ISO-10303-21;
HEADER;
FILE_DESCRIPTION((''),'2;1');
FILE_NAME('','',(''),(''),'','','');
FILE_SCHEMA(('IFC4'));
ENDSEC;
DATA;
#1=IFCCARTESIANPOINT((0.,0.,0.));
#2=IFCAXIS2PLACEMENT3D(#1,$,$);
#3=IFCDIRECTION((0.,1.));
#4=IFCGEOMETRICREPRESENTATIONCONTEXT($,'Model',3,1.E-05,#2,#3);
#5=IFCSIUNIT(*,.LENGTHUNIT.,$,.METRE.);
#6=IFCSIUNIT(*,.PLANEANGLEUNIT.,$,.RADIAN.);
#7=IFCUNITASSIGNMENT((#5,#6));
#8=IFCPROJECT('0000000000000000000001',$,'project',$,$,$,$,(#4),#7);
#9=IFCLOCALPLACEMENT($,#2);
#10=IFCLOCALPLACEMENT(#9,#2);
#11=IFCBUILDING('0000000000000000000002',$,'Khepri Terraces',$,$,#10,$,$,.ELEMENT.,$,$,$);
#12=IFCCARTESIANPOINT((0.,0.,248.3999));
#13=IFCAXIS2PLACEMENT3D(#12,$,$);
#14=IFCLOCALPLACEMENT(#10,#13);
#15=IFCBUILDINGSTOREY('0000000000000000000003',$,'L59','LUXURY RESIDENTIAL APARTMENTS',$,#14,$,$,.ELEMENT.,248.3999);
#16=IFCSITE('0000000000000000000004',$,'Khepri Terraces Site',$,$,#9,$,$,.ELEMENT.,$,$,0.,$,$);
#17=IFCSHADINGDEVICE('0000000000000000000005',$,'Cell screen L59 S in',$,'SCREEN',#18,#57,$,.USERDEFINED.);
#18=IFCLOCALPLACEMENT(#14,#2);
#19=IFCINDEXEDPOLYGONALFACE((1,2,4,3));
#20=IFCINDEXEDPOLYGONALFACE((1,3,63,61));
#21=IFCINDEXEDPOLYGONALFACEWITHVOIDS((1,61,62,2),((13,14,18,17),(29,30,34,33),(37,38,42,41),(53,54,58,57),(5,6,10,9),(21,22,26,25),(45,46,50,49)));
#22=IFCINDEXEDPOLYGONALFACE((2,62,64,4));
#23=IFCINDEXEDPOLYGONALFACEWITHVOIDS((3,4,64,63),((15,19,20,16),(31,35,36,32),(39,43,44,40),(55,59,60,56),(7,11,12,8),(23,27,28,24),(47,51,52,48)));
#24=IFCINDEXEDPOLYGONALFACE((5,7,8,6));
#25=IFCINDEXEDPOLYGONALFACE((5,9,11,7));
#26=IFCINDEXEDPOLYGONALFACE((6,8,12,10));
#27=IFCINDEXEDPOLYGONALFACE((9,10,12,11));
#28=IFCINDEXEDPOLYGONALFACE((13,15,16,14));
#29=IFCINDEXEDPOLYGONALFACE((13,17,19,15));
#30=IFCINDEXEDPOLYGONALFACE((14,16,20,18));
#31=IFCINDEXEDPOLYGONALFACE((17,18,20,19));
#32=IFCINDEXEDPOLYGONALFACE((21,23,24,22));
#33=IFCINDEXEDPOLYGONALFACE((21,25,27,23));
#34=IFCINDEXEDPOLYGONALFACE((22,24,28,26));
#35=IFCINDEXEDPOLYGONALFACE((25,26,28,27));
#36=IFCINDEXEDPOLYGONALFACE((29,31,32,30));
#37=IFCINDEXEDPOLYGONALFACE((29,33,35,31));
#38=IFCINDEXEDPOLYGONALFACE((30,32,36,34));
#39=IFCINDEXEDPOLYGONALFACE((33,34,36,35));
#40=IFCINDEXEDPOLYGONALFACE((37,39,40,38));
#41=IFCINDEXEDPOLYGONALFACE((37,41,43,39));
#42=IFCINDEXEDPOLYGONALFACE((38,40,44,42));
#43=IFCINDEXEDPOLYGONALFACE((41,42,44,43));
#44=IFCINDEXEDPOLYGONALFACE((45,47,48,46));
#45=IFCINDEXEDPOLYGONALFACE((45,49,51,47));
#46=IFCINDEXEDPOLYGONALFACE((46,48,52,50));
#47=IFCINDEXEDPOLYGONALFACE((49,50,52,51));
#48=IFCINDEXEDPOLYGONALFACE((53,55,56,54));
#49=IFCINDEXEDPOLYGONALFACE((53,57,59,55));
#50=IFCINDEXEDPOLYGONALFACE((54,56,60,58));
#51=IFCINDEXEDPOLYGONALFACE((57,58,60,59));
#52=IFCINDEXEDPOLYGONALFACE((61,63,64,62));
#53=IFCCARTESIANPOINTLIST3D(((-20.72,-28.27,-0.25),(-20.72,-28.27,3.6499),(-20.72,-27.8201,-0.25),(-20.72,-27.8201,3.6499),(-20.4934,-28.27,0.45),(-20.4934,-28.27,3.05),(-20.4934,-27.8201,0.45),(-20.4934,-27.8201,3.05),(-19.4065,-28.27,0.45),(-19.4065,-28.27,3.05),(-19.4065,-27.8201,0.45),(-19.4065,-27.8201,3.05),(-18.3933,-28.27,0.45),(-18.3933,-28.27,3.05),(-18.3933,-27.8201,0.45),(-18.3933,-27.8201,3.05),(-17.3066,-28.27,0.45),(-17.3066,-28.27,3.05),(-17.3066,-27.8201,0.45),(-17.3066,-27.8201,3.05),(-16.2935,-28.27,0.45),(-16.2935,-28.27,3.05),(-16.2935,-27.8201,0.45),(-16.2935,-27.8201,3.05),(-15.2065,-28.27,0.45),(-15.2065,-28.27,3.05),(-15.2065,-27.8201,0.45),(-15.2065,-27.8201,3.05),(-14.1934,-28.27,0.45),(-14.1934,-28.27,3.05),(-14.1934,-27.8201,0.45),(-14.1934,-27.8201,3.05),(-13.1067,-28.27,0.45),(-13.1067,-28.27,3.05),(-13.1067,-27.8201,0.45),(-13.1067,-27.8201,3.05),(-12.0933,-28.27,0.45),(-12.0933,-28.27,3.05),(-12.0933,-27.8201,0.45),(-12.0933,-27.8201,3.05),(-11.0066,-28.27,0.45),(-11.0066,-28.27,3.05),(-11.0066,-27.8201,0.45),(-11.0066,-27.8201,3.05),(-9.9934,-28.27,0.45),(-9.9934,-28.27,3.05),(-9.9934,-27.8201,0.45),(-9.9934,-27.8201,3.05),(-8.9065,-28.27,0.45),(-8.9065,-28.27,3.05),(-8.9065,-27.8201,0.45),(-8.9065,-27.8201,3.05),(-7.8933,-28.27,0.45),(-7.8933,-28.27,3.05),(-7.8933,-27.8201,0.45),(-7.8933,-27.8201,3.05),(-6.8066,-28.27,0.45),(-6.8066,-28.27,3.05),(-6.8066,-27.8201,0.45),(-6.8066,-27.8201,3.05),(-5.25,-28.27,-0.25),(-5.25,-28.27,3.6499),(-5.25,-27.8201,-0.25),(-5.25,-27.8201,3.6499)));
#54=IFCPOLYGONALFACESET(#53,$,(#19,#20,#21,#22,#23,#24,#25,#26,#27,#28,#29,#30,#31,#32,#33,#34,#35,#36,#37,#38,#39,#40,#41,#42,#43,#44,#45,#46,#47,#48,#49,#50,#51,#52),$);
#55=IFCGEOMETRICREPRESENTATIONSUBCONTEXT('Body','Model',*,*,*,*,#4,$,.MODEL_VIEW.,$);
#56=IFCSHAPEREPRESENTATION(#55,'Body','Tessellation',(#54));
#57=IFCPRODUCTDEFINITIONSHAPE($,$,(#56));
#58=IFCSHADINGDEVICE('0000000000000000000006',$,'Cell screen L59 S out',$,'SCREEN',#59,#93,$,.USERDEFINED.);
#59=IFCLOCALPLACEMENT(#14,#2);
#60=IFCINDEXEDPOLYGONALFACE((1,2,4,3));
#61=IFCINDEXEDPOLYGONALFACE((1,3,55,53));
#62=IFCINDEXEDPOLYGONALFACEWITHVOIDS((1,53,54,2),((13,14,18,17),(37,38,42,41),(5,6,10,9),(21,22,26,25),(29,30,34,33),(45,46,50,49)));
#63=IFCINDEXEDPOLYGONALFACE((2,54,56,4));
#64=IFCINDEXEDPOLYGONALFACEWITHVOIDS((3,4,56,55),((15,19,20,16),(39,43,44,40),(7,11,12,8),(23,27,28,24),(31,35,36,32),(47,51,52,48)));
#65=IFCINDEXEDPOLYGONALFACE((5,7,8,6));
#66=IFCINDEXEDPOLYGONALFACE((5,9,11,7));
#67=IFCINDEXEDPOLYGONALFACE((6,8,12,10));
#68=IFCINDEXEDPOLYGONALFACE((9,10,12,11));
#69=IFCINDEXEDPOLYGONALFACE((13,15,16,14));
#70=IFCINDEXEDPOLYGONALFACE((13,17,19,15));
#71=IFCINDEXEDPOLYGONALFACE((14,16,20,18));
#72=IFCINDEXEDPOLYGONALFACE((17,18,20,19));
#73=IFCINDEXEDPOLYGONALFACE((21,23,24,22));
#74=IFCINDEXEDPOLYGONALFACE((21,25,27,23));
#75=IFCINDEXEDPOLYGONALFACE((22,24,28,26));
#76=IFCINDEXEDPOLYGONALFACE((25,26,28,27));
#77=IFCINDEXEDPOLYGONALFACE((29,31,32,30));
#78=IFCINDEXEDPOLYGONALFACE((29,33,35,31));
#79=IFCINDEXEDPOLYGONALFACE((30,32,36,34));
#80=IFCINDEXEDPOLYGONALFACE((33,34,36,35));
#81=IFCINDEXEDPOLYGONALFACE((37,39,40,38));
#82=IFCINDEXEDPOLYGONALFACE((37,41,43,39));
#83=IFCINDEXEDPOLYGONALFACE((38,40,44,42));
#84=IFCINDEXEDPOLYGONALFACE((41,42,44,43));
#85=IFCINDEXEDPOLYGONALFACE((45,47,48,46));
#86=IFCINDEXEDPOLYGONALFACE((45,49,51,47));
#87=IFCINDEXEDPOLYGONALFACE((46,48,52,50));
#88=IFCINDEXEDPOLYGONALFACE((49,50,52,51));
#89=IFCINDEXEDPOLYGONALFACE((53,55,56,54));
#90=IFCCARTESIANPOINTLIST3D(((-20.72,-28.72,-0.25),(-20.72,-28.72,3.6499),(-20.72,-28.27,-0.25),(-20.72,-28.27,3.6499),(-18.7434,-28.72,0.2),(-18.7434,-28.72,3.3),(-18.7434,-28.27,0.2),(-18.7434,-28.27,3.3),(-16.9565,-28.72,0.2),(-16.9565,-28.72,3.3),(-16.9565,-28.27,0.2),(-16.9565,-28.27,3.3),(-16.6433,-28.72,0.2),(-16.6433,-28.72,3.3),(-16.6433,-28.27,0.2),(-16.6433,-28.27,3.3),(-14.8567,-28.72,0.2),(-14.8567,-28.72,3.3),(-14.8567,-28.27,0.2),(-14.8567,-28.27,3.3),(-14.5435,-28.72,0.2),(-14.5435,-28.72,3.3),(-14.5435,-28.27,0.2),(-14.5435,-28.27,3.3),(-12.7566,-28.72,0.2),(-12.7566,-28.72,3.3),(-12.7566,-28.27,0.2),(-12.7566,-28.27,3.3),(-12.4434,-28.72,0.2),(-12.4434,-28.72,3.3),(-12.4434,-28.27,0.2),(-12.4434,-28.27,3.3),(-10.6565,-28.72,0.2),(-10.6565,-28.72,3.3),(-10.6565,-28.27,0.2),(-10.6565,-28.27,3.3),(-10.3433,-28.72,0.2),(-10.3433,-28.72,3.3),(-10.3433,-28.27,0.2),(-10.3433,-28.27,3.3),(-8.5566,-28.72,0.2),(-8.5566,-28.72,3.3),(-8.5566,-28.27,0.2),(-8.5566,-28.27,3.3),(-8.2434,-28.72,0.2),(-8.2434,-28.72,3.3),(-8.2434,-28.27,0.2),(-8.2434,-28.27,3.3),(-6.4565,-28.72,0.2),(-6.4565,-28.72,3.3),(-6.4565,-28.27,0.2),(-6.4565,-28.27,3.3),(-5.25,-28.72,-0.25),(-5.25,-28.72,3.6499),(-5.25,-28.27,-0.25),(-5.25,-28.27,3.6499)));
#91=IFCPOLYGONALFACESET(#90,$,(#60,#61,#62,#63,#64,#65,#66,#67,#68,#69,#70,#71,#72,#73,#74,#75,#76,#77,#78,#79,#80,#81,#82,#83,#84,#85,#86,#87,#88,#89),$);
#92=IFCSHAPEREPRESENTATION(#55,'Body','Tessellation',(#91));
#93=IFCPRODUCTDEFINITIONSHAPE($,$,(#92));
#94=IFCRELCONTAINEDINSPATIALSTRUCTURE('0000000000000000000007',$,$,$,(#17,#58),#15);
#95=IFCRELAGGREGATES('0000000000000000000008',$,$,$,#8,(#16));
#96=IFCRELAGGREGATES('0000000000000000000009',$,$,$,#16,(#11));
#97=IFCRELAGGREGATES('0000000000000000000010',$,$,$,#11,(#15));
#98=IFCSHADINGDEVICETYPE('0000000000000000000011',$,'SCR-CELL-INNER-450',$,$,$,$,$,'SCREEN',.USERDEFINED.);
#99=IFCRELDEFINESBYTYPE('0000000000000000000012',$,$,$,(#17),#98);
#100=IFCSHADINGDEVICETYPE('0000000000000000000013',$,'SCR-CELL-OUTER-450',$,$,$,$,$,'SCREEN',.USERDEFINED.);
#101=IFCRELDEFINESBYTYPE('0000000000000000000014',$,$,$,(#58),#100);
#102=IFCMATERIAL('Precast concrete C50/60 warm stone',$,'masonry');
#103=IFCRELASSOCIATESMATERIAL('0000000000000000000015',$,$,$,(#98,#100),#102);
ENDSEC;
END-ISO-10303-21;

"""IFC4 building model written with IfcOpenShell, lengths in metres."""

from ifc_helpers import new_model, si_unit, direction, frame, origin, place, context, subcontext, project, spatial, polyline, outline, extrude, material, type_object, element, save


model = new_model("IFC4")

# Units and contexts
model_context = context("Model", 3, precision=1e-05, world=origin(), true_north=direction((0.0, 1.0)))
body_context = subcontext(model_context, "Body", "Model", "MODEL_VIEW")
ifc_project = project(units=[si_unit("LENGTHUNIT", "METRE"), si_unit("PLANEANGLEUNIT", "RADIAN")], contexts=[model_context])

# Site, building, storey
site_placement = place(None, origin())
site = spatial("IfcSite", under=ifc_project, at=site_placement, Name="Khepri Terraces Site", CompositionType="ELEMENT", RefElevation=0.0)
building_placement = place(site_placement, origin())
building = spatial("IfcBuilding", under=site, at=building_placement, Name="Khepri Terraces", CompositionType="ELEMENT")
storey_placement = place(building_placement, frame((0.0, 0.0, 248.3999)))
storey = spatial("IfcBuildingStorey", under=building, at=storey_placement, Name="L59", Description="LUXURY RESIDENTIAL APARTMENTS", CompositionType="ELEMENT", Elevation=248.3999)

# Shared definitions
ifc_material_1 = material(Name="Precast concrete C50/60 warm stone", Category="masonry")

# Shading devices
shading_device_type_1 = type_object("IfcShadingDeviceType", Name="SCR-CELL-INNER-450", ElementType="SCREEN", PredefinedType="USERDEFINED", material=ifc_material_1)
shading_device_1_placement = place(storey_placement, frame((-20.72, -27.8201, -0.25), z_axis=(0.0, -1.0, 0.0), x_axis=(1.0, 0.0, 0.0)))
element("IfcShadingDevice", 1, at=shading_device_1_placement, inside=storey, type_object=shading_device_type_1, Name="Cell screen L59 S in", ObjectType="SCREEN", PredefinedType="USERDEFINED", context=body_context, shape_type="SweptSolid", body=[
    extrude(outline(polyline([(0.0, 0.0), (15.47, 0.0), (15.47, 3.8999), (0.0, 3.8999), (0.0, 0.0)]), holes=[polyline([(0.2266, 0.7), (1.3135, 0.7), (1.3135, 3.3), (0.2266, 3.3), (0.2266, 0.7)]), polyline([(2.3267, 0.7), (3.4133, 0.7), (3.4133, 3.3), (2.3267, 3.3), (2.3267, 0.7)]), polyline([(4.4265, 0.7), (5.5134, 0.7), (5.5134, 3.3), (4.4265, 3.3), (4.4265, 0.7)]), polyline([(6.5266, 0.7), (7.6133, 0.7), (7.6133, 3.3), (6.5266, 3.3), (6.5266, 0.7)]), polyline([(8.6267, 0.7), (9.7134, 0.7), (9.7134, 3.3), (8.6267, 3.3), (8.6267, 0.7)]), polyline([(10.7266, 0.7), (11.8135, 0.7), (11.8135, 3.3), (10.7266, 3.3), (10.7266, 0.7)]), polyline([(12.8267, 0.7), (13.9133, 0.7), (13.9133, 3.3), (12.8267, 3.3), (12.8267, 0.7)])]), origin(), (0.0, 0.0, 1.0), 0.45),
])
shading_device_type_2 = type_object("IfcShadingDeviceType", Name="SCR-CELL-OUTER-450", ElementType="SCREEN", PredefinedType="USERDEFINED", material=ifc_material_1)
shading_device_2_placement = place(storey_placement, frame((-20.72, -28.27, -0.25), z_axis=(0.0, -1.0, 0.0), x_axis=(1.0, 0.0, 0.0)))
element("IfcShadingDevice", 2, at=shading_device_2_placement, inside=storey, type_object=shading_device_type_2, Name="Cell screen L59 S out", ObjectType="SCREEN", PredefinedType="USERDEFINED", context=body_context, shape_type="SweptSolid", body=[
    extrude(outline(polyline([(0.0, 0.0), (15.47, 0.0), (15.47, 3.8999), (0.0, 3.8999), (0.0, 0.0)]), holes=[polyline([(1.9766, 0.45), (3.7634, 0.45), (3.7634, 3.55), (1.9766, 3.55), (1.9766, 0.45)]), polyline([(4.0767, 0.45), (5.8633, 0.45), (5.8633, 3.55), (4.0767, 3.55), (4.0767, 0.45)]), polyline([(6.1765, 0.45), (7.9634, 0.45), (7.9634, 3.55), (6.1765, 3.55), (6.1765, 0.45)]), polyline([(8.2766, 0.45), (10.0635, 0.45), (10.0635, 3.55), (8.2766, 3.55), (8.2766, 0.45)]), polyline([(10.3767, 0.45), (12.1633, 0.45), (12.1633, 3.55), (10.3767, 3.55), (10.3767, 0.45)]), polyline([(12.4766, 0.45), (14.2634, 0.45), (14.2634, 3.55), (12.4766, 3.55), (12.4766, 0.45)])]), origin(), (0.0, 0.0, 1.0), 0.45),
])

save(model, "model.ifc")
